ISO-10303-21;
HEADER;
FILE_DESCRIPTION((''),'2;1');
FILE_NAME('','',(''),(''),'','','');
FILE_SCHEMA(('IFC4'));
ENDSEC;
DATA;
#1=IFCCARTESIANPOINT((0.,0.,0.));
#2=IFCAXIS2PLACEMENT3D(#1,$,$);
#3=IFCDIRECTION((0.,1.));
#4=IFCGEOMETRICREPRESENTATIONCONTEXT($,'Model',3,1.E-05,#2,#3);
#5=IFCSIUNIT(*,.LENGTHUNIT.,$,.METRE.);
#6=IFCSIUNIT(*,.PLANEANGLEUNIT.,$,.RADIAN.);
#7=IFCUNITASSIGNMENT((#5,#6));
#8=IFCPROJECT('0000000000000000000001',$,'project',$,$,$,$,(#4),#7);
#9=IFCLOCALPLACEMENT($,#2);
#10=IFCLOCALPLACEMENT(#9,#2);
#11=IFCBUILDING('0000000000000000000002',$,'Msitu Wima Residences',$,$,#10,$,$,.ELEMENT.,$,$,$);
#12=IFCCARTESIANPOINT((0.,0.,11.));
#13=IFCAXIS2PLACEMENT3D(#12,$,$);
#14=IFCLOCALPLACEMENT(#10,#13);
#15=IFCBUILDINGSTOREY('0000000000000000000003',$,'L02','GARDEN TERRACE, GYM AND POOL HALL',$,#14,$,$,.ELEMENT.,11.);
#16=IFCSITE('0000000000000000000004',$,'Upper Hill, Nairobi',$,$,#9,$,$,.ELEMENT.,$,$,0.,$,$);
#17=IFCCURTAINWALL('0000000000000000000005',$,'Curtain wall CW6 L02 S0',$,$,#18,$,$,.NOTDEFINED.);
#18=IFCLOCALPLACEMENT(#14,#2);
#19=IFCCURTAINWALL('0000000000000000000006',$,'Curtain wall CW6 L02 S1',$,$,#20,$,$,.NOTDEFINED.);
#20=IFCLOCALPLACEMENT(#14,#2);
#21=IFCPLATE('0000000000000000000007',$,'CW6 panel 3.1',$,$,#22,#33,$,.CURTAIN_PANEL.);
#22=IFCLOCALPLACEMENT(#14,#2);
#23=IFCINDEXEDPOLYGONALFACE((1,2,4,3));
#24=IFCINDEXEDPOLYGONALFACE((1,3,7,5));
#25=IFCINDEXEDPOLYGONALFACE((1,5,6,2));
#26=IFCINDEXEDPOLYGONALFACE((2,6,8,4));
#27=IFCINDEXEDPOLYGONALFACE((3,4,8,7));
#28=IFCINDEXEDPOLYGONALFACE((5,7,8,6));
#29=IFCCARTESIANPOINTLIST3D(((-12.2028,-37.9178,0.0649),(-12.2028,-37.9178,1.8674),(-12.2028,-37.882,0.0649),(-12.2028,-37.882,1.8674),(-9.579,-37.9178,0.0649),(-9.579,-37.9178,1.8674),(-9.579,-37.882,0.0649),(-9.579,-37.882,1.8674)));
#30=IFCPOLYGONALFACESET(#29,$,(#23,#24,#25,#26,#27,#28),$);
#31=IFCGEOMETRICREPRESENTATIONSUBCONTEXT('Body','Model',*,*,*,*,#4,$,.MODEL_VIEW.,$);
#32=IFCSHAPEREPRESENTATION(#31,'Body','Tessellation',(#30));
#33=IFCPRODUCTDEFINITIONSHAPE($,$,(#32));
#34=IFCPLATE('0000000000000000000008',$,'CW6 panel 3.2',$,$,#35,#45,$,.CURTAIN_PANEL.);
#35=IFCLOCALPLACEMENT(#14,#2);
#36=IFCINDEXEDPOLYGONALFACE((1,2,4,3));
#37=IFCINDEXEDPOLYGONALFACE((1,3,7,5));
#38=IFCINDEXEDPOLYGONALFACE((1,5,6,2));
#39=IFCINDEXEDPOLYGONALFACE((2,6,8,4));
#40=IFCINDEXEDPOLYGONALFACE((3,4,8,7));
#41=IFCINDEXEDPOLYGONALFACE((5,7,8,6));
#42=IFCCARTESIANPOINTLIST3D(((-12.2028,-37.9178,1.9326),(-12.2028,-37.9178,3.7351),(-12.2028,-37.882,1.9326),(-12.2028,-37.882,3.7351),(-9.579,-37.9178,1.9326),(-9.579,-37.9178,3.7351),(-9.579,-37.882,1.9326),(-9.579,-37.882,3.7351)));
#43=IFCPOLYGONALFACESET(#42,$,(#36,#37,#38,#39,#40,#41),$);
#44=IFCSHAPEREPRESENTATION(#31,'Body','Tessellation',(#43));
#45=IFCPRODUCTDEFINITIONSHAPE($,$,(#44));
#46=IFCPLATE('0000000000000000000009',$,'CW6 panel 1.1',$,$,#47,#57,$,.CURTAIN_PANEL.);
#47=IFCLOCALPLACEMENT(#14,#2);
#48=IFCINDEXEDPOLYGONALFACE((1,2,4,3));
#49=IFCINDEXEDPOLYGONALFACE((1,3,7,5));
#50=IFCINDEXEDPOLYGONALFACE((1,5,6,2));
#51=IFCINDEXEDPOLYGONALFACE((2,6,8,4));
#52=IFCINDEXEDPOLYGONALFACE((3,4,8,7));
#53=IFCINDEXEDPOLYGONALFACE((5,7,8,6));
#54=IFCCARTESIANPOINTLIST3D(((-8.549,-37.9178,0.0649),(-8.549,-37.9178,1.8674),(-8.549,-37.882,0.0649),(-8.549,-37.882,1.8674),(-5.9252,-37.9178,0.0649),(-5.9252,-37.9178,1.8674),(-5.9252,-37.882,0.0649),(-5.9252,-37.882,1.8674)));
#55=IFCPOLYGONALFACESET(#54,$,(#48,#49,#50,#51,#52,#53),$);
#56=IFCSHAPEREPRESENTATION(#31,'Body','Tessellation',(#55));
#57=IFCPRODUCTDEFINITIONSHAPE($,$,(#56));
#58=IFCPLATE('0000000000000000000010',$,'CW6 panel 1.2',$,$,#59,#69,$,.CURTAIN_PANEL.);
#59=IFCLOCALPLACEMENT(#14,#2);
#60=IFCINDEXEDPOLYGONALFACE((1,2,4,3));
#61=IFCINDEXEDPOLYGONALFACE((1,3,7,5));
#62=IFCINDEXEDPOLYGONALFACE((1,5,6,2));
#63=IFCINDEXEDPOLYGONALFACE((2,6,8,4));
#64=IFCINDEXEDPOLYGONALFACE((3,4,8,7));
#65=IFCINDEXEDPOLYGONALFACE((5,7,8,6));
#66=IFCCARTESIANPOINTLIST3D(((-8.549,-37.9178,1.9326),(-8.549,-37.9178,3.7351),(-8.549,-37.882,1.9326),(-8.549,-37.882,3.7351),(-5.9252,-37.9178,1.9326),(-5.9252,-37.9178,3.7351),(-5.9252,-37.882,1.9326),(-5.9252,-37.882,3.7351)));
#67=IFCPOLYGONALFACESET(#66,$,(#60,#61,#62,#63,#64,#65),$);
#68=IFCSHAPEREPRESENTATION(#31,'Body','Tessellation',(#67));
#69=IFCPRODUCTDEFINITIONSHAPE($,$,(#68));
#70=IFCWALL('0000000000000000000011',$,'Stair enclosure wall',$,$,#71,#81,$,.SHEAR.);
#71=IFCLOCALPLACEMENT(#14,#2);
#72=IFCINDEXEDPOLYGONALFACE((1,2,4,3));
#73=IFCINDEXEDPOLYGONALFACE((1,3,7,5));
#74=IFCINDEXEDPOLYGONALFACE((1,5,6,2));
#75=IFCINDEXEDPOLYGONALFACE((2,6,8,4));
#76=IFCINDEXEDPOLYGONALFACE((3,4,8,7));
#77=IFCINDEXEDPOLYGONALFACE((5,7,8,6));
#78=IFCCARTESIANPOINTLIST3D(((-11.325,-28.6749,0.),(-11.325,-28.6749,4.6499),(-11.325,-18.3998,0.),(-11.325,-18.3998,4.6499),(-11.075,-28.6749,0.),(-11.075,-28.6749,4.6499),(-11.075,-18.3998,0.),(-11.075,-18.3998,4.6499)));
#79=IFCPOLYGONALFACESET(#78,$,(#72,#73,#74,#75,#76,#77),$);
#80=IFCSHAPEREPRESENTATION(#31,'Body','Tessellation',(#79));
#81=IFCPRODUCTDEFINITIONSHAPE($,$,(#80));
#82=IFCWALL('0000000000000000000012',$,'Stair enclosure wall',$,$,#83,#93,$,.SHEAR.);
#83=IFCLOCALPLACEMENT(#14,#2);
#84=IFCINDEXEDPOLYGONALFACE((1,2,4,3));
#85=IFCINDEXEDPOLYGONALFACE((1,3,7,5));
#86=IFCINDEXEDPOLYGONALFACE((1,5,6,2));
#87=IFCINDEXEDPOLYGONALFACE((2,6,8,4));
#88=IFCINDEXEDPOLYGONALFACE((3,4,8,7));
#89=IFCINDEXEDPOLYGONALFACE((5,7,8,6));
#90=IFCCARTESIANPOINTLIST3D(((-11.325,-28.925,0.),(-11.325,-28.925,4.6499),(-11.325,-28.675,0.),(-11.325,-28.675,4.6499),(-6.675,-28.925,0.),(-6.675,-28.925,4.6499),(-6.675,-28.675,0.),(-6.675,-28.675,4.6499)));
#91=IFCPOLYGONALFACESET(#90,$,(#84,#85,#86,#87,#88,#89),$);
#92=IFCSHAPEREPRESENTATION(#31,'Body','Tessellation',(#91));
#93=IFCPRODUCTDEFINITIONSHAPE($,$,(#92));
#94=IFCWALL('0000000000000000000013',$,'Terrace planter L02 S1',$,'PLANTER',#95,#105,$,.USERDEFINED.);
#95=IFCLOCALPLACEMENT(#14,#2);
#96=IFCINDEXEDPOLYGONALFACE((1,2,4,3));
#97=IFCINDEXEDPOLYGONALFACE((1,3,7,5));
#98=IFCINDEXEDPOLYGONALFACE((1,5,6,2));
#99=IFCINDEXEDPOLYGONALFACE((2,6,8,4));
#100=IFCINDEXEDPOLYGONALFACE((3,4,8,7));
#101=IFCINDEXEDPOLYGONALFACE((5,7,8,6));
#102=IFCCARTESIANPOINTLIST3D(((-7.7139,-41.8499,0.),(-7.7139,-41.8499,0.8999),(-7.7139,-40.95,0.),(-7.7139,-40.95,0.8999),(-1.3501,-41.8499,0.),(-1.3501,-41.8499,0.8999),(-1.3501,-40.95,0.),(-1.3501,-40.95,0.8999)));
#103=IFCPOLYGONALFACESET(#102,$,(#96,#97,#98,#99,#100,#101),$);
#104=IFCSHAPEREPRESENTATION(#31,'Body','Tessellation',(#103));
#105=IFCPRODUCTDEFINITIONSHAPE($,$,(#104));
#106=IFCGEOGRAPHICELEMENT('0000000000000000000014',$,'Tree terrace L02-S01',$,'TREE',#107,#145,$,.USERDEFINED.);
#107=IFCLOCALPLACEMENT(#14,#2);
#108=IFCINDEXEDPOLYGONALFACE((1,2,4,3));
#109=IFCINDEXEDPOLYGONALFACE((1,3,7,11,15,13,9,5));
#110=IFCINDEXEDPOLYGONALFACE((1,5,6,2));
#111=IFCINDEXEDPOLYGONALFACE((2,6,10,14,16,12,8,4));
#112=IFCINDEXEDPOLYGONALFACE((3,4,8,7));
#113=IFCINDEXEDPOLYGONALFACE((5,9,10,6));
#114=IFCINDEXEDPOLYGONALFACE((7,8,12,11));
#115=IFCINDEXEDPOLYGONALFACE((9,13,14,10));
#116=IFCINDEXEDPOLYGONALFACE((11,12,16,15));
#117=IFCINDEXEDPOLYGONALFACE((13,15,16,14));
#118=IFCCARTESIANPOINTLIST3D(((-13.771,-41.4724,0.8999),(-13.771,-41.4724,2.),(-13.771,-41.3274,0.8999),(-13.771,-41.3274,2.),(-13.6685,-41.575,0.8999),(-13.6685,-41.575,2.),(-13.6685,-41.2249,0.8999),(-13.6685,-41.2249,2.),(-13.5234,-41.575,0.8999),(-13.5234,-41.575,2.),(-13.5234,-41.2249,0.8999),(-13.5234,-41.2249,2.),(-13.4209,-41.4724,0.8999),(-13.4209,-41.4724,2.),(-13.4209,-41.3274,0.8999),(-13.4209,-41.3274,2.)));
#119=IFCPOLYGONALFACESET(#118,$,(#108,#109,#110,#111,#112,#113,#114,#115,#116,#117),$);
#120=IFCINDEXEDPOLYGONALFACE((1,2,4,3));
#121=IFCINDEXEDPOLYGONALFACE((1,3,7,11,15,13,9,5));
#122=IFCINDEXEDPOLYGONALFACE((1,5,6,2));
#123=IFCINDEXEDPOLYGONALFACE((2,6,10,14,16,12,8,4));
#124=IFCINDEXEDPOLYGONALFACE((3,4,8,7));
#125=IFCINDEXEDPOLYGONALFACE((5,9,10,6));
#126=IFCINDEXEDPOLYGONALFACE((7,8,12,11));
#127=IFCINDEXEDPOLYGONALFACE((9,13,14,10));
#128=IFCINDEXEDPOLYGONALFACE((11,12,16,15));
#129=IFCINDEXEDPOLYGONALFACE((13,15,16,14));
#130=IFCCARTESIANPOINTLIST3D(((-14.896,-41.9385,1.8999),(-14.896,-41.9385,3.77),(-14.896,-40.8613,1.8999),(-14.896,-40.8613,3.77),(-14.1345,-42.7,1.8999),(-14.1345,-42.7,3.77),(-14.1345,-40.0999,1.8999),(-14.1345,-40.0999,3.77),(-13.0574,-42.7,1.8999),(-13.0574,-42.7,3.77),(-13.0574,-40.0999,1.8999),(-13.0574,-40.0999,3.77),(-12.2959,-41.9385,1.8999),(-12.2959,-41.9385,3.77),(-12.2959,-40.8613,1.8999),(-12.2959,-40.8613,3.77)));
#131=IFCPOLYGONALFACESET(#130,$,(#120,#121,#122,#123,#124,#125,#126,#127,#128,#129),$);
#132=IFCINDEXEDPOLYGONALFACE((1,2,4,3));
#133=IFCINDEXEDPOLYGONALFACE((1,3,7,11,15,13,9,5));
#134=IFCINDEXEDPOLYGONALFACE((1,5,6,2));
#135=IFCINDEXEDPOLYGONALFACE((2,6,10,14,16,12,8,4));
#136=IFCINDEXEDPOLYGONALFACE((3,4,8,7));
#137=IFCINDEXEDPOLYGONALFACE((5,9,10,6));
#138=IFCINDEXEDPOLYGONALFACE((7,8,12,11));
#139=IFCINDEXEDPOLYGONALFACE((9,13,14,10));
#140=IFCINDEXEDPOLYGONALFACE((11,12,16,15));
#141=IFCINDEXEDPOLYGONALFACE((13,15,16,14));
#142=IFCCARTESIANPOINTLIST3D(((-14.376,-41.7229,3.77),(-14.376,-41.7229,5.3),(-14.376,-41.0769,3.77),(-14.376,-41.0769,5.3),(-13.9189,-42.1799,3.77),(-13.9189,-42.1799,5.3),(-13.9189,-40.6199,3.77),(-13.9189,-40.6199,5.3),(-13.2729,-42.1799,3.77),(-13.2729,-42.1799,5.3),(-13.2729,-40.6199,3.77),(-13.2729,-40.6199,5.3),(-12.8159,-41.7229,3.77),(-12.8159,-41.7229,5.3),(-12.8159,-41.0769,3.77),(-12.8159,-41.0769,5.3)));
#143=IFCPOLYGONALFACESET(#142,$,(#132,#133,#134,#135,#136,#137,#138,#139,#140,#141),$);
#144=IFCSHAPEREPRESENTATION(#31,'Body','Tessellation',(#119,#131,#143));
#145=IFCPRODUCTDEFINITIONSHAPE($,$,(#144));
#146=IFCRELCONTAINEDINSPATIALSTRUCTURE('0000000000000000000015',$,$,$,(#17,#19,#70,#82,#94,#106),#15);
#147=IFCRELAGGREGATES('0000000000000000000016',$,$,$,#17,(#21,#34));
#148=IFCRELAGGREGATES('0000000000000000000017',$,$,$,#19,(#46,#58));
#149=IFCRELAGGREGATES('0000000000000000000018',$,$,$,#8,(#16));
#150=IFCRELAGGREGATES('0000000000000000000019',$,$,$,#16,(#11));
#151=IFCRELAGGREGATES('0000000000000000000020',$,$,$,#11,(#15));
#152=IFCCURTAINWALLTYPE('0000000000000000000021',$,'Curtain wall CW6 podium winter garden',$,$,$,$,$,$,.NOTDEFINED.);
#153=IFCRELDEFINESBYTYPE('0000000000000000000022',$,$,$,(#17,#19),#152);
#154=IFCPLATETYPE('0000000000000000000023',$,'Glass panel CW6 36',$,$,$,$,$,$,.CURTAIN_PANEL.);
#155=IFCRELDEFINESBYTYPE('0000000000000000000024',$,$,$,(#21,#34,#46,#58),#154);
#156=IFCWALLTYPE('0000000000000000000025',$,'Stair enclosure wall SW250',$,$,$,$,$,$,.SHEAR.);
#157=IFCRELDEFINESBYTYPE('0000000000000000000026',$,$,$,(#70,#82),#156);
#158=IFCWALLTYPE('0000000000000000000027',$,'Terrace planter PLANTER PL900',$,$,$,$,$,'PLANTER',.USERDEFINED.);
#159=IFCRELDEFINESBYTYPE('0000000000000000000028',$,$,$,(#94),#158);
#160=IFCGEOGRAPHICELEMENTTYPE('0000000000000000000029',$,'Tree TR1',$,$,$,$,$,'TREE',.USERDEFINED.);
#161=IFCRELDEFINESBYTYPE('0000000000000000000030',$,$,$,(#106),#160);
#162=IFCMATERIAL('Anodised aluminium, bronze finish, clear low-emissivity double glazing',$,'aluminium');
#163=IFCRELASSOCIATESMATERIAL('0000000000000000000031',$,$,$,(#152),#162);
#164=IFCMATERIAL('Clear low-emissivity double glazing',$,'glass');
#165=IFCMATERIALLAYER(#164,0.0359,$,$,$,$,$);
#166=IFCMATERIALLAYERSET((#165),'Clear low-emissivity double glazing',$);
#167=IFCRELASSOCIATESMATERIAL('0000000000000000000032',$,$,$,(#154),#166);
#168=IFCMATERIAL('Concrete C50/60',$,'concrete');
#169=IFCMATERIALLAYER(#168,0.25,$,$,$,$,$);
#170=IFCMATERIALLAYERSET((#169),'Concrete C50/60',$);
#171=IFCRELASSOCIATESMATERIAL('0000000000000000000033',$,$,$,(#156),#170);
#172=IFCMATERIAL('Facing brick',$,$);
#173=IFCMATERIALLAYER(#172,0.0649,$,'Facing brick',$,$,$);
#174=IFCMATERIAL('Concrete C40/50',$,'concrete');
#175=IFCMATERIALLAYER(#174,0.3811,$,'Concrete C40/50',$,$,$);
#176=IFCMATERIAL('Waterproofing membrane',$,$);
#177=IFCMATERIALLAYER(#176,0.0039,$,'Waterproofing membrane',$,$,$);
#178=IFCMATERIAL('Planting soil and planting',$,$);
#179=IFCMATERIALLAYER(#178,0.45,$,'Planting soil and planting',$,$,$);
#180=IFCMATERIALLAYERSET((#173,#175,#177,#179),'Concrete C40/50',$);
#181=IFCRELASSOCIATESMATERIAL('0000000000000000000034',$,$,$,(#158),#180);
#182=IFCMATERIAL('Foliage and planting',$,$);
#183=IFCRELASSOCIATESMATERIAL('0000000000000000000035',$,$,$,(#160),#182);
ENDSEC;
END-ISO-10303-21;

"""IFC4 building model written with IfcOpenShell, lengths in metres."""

from ifc_helpers import new_model, si_unit, direction, frame, frame_2d, origin, origin_2d, place, context, subcontext, project, spatial, polyline, rectangle, outline, extrude, material, layer, layer_set, type_object, element, aggregate, save


model = new_model("IFC4")

# Units and contexts
model_context = context("Model", 3, precision=1e-05, world=origin(), true_north=direction((0.0, 1.0)))
body_context = subcontext(model_context, "Body", "Model", "MODEL_VIEW")
ifc_project = project(units=[si_unit("LENGTHUNIT", "METRE"), si_unit("PLANEANGLEUNIT", "RADIAN")], contexts=[model_context])

# Site, building, storey
site_placement = place(None, origin())
site = spatial("IfcSite", under=ifc_project, at=site_placement, Name="Upper Hill, Nairobi", CompositionType="ELEMENT", RefElevation=0.0)
building_placement = place(site_placement, origin())
building = spatial("IfcBuilding", under=site, at=building_placement, Name="Msitu Wima Residences", CompositionType="ELEMENT")
storey_placement = place(building_placement, frame((0.0, 0.0, 11.0)))
storey = spatial("IfcBuildingStorey", under=building, at=storey_placement, Name="L02", Description="GARDEN TERRACE, GYM AND POOL HALL", CompositionType="ELEMENT", Elevation=11.0)

# Curtain wall
ifc_material_1 = material(Name="Anodised aluminium, bronze finish, clear low-emissivity double glazing", Category="aluminium")
curtain_wall_type = type_object("IfcCurtainWallType", Name="Curtain wall CW6 podium winter garden", PredefinedType="NOTDEFINED", material=ifc_material_1)
curtain_wall_1_placement = place(storey_placement, origin())
curtain_wall_1 = element("IfcCurtainWall", 1, at=curtain_wall_1_placement, inside=storey, type_object=curtain_wall_type, Name="Curtain wall CW6 L02 S0", PredefinedType="NOTDEFINED")

# Curtain wall
curtain_wall_2_placement = place(storey_placement, origin())
curtain_wall_2 = element("IfcCurtainWall", 2, at=curtain_wall_2_placement, inside=storey, type_object=curtain_wall_type, Name="Curtain wall CW6 L02 S1", PredefinedType="NOTDEFINED")

# Plates
ifc_material_2 = material(Name="Clear low-emissivity double glazing", Category="glass")
ifc_layer_1 = layer(ifc_material_2, 0.0359)
ifc_layer_set_1 = layer_set([ifc_layer_1], Name="Clear low-emissivity double glazing")
plate_type = type_object("IfcPlateType", Name="Glass panel CW6 36", PredefinedType="CURTAIN_PANEL", material=ifc_layer_set_1)
plate_1_placement = place(storey_placement, frame((-10.8909, -37.8999, 0.0649), z_axis=(0.0, 0.0, 1.0), x_axis=(1.0, 0.0, 0.0)))
plate_1 = element("IfcPlate", 3, at=plate_1_placement, type_object=plate_type, Name="CW6 panel 3.1", PredefinedType="CURTAIN_PANEL", context=body_context, shape_type="SweptSolid", body=[
    extrude(rectangle(XDim=2.6238, YDim=0.0359, at=origin_2d()), origin(), (0.0, 0.0, 1.0), 1.8025),
])
plate_2_placement = place(storey_placement, frame((-10.8909, -37.8999, 1.9326), z_axis=(0.0, 0.0, 1.0), x_axis=(1.0, 0.0, 0.0)))
plate_2 = element("IfcPlate", 4, at=plate_2_placement, type_object=plate_type, Name="CW6 panel 3.2", PredefinedType="CURTAIN_PANEL", context=body_context, shape_type="SweptSolid", body=[
    extrude(rectangle(XDim=2.6238, YDim=0.0359, at=origin_2d()), origin(), (0.0, 0.0, 1.0), 1.8025),
])
aggregate(curtain_wall_1, [plate_1, plate_2])
plate_3_placement = place(storey_placement, frame((-7.2371, -37.8999, 0.0649), z_axis=(0.0, 0.0, 1.0), x_axis=(1.0, 0.0, 0.0)))
plate_3 = element("IfcPlate", 5, at=plate_3_placement, type_object=plate_type, Name="CW6 panel 1.1", PredefinedType="CURTAIN_PANEL", context=body_context, shape_type="SweptSolid", body=[
    extrude(rectangle(XDim=2.6238, YDim=0.0359, at=origin_2d()), origin(), (0.0, 0.0, 1.0), 1.8025),
])
plate_4_placement = place(storey_placement, frame((-7.2371, -37.8999, 1.9326), z_axis=(0.0, 0.0, 1.0), x_axis=(1.0, 0.0, 0.0)))
plate_4 = element("IfcPlate", 6, at=plate_4_placement, type_object=plate_type, Name="CW6 panel 1.2", PredefinedType="CURTAIN_PANEL", context=body_context, shape_type="SweptSolid", body=[
    extrude(rectangle(XDim=2.6238, YDim=0.0359, at=origin_2d()), origin(), (0.0, 0.0, 1.0), 1.8025),
])
aggregate(curtain_wall_2, [plate_3, plate_4])

# Walls
ifc_material_3 = material(Name="Concrete C50/60", Category="concrete")
ifc_layer_2 = layer(ifc_material_3, 0.25)
ifc_layer_set_2 = layer_set([ifc_layer_2], Name="Concrete C50/60")
wall_type_1 = type_object("IfcWallType", Name="Stair enclosure wall SW250", PredefinedType="SHEAR", material=ifc_layer_set_2)
wall_1_placement = place(storey_placement, frame((-11.2, -28.675, 0.0), z_axis=(0.0, 0.0, 1.0), x_axis=(0.0, 1.0, 0.0)))
element("IfcWall", 7, at=wall_1_placement, inside=storey, type_object=wall_type_1, Name="Stair enclosure wall", PredefinedType="SHEAR", context=body_context, shape_type="SweptSolid", body=[
    extrude(rectangle(XDim=10.2751, YDim=0.25, at=frame_2d((5.1377, 0.0))), origin(), (0.0, 0.0, 1.0), 4.6499),
])
wall_2_placement = place(storey_placement, frame((-11.325, -28.8, 0.0), z_axis=(0.0, 0.0, 1.0), x_axis=(1.0, 0.0, 0.0)))
element("IfcWall", 8, at=wall_2_placement, inside=storey, type_object=wall_type_1, Name="Stair enclosure wall", PredefinedType="SHEAR", context=body_context, shape_type="SweptSolid", body=[
    extrude(rectangle(XDim=4.6499, YDim=0.25, at=frame_2d((2.325, 0.0))), origin(), (0.0, 0.0, 1.0), 4.6499),
])
ifc_material_4 = material(Name="Facing brick")
ifc_layer_3 = layer(ifc_material_4, 0.0649, Name="Facing brick")
ifc_material_5 = material(Name="Concrete C40/50", Category="concrete")
ifc_layer_4 = layer(ifc_material_5, 0.3811, Name="Concrete C40/50")
ifc_material_6 = material(Name="Waterproofing membrane")
ifc_layer_5 = layer(ifc_material_6, 0.0039, Name="Waterproofing membrane")
ifc_material_7 = material(Name="Planting soil and planting")
ifc_layer_6 = layer(ifc_material_7, 0.45, Name="Planting soil and planting")
ifc_layer_set_3 = layer_set([ifc_layer_3, ifc_layer_4, ifc_layer_5, ifc_layer_6], Name="Concrete C40/50")
wall_type_2 = type_object("IfcWallType", Name="Terrace planter PLANTER PL900", ElementType="PLANTER", PredefinedType="USERDEFINED", material=ifc_layer_set_3)
wall_3_placement = place(storey_placement, frame((-7.7139, -41.3999, 0.0), z_axis=(0.0, 0.0, 1.0), x_axis=(1.0, 0.0, 0.0)))
element("IfcWall", 9, at=wall_3_placement, inside=storey, type_object=wall_type_2, Name="Terrace planter L02 S1", ObjectType="PLANTER", PredefinedType="USERDEFINED", context=body_context, shape_type="SweptSolid", body=[
    extrude(rectangle(XDim=6.3638, YDim=0.8999, at=frame_2d((3.1819, 0.0))), origin(), (0.0, 0.0, 1.0), 0.8999),
])

# Geographic element
ifc_material_8 = material(Name="Foliage and planting")
geographic_element_type = type_object("IfcGeographicElementType", Name="Tree TR1", ElementType="TREE", PredefinedType="USERDEFINED", material=ifc_material_8)
geographic_element_placement = place(storey_placement, frame((-13.5959, -41.3999, 0.8999), z_axis=(0.0, 0.0, 1.0), x_axis=(1.0, 0.0, 0.0)))
element("IfcGeographicElement", 10, at=geographic_element_placement, inside=storey, type_object=geographic_element_type, Name="Tree terrace L02-S01", ObjectType="TREE", PredefinedType="USERDEFINED", context=body_context, shape_type="SweptSolid", body=[
    extrude(outline(polyline([(0.175, 0.0725), (0.0725, 0.175), (-0.0725, 0.175), (-0.175, 0.0725), (-0.175, -0.0725), (-0.0725, -0.175), (0.0725, -0.175), (0.175, -0.0725), (0.175, 0.0725)])), origin(), (0.0, 0.0, 1.0), 1.1001),
    extrude(outline(polyline([(1.3, 0.5386), (0.5386, 1.3), (-0.5386, 1.3), (-1.3, 0.5386), (-1.3, -0.5386), (-0.5386, -1.3), (0.5386, -1.3), (1.3, -0.5386), (1.3, 0.5386)])), frame((0.0, 0.0, 1.0)), (0.0, 0.0, 1.0), 1.8701),
    extrude(outline(polyline([(0.78, 0.323), (0.323, 0.78), (-0.323, 0.78), (-0.78, 0.323), (-0.78, -0.323), (-0.323, -0.78), (0.323, -0.78), (0.78, -0.323), (0.78, 0.323)])), frame((0.0, 0.0, 2.8701)), (0.0, 0.0, 1.0), 1.53),
])

save(model, "model.ifc")
